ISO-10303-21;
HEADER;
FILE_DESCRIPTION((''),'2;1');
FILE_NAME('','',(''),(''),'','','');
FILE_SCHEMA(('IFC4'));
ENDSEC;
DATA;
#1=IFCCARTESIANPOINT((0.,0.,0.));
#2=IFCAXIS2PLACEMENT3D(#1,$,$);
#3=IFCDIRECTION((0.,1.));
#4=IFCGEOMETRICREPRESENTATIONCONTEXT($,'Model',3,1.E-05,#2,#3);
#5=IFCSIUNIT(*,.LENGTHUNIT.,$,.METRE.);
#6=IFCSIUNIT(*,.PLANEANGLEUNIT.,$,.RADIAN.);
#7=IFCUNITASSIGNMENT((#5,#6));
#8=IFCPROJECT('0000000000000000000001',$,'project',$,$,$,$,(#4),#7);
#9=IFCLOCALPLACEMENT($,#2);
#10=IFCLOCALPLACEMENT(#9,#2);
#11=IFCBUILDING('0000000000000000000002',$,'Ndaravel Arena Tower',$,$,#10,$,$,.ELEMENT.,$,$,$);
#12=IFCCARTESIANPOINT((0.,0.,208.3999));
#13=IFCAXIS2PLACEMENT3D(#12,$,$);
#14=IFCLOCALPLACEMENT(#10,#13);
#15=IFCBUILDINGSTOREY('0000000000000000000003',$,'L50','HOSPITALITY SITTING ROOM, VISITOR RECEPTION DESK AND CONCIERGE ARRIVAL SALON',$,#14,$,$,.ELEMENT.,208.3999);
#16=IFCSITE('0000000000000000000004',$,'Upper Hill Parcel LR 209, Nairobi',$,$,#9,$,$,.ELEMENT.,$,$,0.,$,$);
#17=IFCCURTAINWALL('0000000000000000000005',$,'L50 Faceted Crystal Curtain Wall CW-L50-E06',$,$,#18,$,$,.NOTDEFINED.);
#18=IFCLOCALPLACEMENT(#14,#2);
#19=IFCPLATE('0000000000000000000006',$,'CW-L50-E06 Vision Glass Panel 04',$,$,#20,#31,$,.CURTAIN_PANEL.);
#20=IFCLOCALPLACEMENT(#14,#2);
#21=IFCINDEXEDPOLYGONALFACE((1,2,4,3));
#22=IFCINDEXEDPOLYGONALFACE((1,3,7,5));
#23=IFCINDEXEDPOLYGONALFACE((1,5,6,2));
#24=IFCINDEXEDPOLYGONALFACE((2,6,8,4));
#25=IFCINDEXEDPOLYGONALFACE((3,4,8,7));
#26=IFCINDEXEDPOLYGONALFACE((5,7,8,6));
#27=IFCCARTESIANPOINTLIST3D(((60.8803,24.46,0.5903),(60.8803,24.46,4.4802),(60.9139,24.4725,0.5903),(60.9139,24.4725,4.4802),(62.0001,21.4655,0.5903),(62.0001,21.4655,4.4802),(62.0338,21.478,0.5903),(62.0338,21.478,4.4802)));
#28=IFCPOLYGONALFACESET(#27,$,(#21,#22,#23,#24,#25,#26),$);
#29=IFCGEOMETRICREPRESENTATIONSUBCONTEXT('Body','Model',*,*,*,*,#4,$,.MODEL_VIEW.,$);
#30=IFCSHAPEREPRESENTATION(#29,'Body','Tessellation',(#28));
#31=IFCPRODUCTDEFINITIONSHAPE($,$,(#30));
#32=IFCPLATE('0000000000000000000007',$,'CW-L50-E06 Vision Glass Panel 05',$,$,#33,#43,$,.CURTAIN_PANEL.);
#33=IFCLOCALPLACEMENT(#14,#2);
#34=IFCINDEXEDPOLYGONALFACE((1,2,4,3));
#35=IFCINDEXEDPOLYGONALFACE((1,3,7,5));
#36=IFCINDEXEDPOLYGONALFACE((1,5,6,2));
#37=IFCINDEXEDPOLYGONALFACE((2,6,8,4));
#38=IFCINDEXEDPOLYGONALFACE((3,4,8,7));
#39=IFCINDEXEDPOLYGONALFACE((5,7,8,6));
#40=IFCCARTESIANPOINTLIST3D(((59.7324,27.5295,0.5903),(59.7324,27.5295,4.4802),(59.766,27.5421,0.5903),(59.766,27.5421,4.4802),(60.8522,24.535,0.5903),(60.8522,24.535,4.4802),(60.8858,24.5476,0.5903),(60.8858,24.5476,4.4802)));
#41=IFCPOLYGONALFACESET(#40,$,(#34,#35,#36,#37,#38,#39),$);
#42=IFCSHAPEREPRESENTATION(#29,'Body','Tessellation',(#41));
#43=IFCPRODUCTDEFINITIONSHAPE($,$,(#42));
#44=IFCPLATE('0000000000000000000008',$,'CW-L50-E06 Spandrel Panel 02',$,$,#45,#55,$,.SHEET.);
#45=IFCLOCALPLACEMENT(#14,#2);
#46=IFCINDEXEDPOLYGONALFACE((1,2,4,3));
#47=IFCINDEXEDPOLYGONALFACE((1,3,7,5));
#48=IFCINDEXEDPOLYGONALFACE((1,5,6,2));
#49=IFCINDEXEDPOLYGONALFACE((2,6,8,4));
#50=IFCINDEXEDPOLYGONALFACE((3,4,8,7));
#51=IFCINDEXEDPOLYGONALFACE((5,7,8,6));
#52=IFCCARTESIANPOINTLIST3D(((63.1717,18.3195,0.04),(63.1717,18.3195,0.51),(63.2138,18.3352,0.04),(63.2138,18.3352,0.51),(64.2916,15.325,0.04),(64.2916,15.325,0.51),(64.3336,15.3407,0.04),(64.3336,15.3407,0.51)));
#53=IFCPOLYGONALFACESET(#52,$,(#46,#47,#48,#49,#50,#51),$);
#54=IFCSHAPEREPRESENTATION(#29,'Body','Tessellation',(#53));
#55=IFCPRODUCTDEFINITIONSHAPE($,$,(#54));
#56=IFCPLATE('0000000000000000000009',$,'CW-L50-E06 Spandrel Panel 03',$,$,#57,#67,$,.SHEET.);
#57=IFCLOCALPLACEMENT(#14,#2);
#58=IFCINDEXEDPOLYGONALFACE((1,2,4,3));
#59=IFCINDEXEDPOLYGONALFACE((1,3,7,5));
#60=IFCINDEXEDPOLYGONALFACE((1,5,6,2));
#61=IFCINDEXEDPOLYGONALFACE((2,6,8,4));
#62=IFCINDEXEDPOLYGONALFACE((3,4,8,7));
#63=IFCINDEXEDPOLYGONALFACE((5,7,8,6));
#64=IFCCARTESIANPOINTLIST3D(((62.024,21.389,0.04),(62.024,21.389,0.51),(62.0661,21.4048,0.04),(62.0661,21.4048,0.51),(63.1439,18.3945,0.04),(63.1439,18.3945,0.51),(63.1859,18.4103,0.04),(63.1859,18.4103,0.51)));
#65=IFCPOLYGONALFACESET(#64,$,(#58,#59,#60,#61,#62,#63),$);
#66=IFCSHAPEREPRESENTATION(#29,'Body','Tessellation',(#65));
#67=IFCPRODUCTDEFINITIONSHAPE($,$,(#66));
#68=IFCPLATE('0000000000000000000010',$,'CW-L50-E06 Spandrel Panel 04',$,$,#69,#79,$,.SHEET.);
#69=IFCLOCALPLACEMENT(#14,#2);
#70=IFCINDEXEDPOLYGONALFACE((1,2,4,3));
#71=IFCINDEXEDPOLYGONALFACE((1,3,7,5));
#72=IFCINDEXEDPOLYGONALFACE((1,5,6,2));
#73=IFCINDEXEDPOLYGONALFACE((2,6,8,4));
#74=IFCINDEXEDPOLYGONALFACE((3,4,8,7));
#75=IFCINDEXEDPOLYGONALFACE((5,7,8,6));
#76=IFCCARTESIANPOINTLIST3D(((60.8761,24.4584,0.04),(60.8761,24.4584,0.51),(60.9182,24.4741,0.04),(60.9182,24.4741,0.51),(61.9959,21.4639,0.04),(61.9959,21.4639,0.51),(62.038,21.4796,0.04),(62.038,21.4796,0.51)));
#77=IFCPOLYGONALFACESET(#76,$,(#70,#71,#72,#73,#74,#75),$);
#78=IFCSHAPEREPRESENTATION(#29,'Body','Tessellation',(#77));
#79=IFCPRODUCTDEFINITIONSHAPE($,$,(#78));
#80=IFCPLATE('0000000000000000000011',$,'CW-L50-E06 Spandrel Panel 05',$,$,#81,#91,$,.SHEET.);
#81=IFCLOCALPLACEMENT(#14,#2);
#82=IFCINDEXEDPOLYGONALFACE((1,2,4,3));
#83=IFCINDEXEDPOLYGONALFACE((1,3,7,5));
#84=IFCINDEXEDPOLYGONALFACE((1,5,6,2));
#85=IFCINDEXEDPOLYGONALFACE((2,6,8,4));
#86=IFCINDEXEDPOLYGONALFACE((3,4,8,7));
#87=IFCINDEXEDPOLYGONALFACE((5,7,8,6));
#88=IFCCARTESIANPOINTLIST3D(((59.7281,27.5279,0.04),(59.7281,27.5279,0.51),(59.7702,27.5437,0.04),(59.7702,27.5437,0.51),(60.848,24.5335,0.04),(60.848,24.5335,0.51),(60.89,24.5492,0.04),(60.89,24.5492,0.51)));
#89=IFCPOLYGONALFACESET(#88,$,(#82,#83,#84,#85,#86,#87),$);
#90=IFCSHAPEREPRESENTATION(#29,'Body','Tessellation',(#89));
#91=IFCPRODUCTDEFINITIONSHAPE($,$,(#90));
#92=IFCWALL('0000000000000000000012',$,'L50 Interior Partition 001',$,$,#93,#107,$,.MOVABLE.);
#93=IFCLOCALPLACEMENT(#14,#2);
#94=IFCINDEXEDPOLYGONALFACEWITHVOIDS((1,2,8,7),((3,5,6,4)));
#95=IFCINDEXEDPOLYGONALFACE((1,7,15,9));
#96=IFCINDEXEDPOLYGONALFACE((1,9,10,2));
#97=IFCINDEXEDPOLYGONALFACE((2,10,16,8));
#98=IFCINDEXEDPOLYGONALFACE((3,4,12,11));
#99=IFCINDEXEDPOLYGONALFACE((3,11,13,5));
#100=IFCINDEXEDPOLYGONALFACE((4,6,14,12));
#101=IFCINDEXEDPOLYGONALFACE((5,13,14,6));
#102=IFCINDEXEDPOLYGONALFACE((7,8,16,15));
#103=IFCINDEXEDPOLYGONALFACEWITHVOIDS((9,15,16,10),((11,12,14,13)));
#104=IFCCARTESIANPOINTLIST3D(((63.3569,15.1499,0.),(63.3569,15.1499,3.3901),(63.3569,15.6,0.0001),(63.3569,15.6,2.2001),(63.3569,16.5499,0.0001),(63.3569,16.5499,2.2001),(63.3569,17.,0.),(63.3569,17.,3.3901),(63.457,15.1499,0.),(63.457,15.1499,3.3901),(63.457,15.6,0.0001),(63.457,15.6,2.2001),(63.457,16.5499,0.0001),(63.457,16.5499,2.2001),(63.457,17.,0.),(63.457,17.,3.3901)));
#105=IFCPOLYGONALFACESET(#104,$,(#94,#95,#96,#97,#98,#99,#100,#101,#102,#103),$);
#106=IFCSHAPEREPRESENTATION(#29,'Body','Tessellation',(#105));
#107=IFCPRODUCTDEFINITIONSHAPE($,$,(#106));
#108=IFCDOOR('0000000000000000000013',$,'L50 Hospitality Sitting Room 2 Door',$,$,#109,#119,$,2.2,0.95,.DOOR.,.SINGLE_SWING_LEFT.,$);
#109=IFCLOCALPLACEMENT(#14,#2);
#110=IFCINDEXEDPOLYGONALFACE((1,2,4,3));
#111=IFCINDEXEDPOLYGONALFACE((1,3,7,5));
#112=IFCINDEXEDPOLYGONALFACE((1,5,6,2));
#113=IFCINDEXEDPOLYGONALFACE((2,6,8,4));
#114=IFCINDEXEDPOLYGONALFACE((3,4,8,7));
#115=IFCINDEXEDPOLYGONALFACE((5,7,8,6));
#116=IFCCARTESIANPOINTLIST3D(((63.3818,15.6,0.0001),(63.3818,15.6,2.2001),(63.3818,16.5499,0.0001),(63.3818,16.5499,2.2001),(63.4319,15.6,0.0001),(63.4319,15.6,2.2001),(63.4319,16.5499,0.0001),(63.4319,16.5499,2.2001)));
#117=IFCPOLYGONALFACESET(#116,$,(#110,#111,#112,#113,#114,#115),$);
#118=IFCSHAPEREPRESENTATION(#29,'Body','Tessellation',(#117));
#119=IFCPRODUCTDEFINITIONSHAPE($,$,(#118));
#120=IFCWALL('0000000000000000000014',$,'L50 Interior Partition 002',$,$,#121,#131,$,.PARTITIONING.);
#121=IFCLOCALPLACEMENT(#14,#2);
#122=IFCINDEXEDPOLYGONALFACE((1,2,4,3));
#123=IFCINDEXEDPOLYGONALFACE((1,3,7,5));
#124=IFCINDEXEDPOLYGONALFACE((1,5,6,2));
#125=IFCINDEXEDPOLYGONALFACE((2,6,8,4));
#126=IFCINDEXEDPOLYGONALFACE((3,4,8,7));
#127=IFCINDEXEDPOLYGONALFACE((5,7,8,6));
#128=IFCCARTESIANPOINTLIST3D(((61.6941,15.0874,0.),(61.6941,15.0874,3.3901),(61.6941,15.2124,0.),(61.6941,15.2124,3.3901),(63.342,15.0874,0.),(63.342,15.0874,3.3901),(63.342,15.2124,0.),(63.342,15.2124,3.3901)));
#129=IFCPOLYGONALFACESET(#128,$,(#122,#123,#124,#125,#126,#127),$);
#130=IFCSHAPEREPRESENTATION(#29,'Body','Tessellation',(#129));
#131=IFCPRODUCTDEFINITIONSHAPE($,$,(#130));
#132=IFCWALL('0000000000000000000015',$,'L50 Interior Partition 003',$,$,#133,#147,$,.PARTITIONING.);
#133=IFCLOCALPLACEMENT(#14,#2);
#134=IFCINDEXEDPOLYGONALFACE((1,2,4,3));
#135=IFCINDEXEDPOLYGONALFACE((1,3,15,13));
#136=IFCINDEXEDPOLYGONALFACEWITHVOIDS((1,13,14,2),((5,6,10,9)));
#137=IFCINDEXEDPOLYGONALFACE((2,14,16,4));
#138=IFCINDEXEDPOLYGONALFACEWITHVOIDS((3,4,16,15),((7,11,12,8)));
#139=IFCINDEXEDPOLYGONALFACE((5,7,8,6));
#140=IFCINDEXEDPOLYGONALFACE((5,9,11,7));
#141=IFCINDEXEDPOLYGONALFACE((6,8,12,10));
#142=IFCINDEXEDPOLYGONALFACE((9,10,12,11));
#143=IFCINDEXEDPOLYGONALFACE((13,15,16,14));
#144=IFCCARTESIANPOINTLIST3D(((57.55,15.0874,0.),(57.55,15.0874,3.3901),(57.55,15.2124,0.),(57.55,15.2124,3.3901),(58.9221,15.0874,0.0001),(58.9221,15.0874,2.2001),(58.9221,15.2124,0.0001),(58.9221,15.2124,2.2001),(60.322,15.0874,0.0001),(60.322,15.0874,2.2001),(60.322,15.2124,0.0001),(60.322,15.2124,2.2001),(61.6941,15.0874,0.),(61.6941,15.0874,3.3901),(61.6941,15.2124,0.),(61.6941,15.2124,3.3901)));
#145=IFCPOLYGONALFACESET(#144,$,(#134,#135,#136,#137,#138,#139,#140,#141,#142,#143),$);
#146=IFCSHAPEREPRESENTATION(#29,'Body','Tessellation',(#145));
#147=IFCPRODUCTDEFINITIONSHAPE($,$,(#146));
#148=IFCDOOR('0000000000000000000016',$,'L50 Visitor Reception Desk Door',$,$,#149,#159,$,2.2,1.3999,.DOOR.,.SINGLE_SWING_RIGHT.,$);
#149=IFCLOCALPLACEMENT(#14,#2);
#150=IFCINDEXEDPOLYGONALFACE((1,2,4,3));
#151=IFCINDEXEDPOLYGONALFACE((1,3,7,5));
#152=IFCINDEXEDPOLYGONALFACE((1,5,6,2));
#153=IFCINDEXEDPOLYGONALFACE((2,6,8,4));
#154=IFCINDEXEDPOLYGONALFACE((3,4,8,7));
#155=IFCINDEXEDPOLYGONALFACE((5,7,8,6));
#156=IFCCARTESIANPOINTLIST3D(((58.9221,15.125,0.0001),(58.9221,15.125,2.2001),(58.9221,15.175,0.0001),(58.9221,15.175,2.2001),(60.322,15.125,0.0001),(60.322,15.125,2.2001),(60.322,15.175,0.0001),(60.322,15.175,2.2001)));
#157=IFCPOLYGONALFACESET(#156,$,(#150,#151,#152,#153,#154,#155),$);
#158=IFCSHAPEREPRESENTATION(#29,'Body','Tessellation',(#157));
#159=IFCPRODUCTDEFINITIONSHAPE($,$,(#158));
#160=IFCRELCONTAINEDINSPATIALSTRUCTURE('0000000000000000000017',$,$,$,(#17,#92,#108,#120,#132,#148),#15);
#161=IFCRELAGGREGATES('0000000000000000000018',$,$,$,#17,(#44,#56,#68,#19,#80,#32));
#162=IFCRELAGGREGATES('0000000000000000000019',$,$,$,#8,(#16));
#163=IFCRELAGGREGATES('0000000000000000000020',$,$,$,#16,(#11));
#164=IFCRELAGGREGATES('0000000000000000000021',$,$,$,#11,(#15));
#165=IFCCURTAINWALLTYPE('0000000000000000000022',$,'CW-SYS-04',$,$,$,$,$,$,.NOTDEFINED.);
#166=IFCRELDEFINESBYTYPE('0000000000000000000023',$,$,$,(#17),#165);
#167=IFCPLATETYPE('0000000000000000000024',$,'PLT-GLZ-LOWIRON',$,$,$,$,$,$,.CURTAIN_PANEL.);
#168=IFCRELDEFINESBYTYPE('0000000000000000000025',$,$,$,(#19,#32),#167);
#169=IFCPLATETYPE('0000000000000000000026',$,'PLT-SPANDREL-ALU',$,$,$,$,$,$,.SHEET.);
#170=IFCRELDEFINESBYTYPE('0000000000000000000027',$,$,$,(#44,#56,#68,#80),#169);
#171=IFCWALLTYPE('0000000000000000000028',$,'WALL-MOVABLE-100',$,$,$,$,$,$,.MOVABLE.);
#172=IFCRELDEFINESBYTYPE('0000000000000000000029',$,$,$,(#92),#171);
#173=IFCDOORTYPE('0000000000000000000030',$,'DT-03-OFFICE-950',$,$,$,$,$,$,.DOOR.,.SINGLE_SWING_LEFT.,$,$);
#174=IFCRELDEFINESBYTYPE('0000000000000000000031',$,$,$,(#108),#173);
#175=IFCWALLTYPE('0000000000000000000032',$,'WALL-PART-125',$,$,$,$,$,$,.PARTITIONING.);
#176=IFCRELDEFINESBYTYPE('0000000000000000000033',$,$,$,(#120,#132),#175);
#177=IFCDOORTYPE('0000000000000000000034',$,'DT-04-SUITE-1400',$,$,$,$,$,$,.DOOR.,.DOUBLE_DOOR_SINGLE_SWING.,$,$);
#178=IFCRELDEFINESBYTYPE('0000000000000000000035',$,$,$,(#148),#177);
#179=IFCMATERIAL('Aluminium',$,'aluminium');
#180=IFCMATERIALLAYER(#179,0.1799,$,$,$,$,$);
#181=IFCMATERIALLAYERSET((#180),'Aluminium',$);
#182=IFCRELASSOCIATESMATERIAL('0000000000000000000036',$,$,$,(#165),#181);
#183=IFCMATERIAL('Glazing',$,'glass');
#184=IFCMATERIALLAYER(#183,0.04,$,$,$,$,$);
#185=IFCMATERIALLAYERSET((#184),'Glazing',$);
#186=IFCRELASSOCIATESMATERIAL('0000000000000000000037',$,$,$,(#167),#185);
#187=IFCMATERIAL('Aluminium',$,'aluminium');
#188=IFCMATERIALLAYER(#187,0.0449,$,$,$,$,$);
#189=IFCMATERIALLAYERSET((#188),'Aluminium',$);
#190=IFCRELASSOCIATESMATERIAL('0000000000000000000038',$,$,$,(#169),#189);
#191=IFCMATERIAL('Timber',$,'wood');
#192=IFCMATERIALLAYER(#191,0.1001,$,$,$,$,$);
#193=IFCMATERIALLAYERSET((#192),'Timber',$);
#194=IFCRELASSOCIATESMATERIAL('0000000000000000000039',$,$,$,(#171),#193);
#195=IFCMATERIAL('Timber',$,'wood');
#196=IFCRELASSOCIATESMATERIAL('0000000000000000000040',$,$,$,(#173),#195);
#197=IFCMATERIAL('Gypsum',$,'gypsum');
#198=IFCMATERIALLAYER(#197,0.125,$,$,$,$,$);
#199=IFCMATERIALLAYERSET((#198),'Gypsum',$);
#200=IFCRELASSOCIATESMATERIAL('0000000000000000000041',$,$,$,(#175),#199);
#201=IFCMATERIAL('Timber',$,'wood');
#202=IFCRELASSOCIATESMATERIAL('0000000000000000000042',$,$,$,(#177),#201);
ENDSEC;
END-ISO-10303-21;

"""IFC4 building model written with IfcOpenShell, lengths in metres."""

from ifc_helpers import new_model, si_unit, direction, frame, frame_2d, origin, origin_2d, place, context, subcontext, project, spatial, rectangle, extrude, material, layer, layer_set, type_object, element, fill, aggregate, save


model = new_model("IFC4")

# Units and contexts
model_context = context("Model", 3, precision=1e-05, world=origin(), true_north=direction((0.0, 1.0)))
body_context = subcontext(model_context, "Body", "Model", "MODEL_VIEW")
ifc_project = project(units=[si_unit("LENGTHUNIT", "METRE"), si_unit("PLANEANGLEUNIT", "RADIAN")], contexts=[model_context])

# Site, building, storey
site_placement = place(None, origin())
site = spatial("IfcSite", under=ifc_project, at=site_placement, Name="Upper Hill Parcel LR 209, Nairobi", CompositionType="ELEMENT", RefElevation=0.0)
building_placement = place(site_placement, origin())
building = spatial("IfcBuilding", under=site, at=building_placement, Name="Ndaravel Arena Tower", CompositionType="ELEMENT")
storey_placement = place(building_placement, frame((0.0, 0.0, 208.3999)))
storey = spatial("IfcBuildingStorey", under=building, at=storey_placement, Name="L50", Description="HOSPITALITY SITTING ROOM, VISITOR RECEPTION DESK AND CONCIERGE ARRIVAL SALON", CompositionType="ELEMENT", Elevation=208.3999)

# Curtain wall
ifc_material_1 = material(Name="Aluminium", Category="aluminium")
ifc_layer_1 = layer(ifc_material_1, 0.1799)
ifc_layer_set_1 = layer_set([ifc_layer_1], Name="Aluminium")
curtain_wall_type = type_object("IfcCurtainWallType", Name="CW-SYS-04", PredefinedType="NOTDEFINED", material=ifc_layer_set_1)
curtain_wall_placement = place(storey_placement, origin())
curtain_wall = element("IfcCurtainWall", 1, at=curtain_wall_placement, inside=storey, type_object=curtain_wall_type, Name="L50 Faceted Crystal Curtain Wall CW-L50-E06", PredefinedType="NOTDEFINED")

# Plates
ifc_material_2 = material(Name="Glazing", Category="glass")
ifc_layer_2 = layer(ifc_material_2, 0.04)
ifc_layer_set_2 = layer_set([ifc_layer_2], Name="Glazing")
plate_type_1 = type_object("IfcPlateType", Name="PLT-GLZ-LOWIRON", PredefinedType="CURTAIN_PANEL", material=ifc_layer_set_2)
plate_1_placement = place(storey_placement, frame((61.457, 22.969, 0.5903), z_axis=(0.0, 0.0, 1.0), x_axis=(-0.350273, 0.936648, 0.0)))
plate_1 = element("IfcPlate", 2, at=plate_1_placement, type_object=plate_type_1, Name="CW-L50-E06 Vision Glass Panel 04", PredefinedType="CURTAIN_PANEL", context=body_context, shape_type="SweptSolid", body=[
    extrude(rectangle(XDim=3.197, YDim=0.0359, at=origin_2d()), origin(), (0.0, 0.0, 1.0), 3.8899),
])
plate_2_placement = place(storey_placement, frame((60.3091, 26.0386, 0.5903), z_axis=(0.0, 0.0, 1.0), x_axis=(-0.350273, 0.936648, 0.0)))
plate_2 = element("IfcPlate", 3, at=plate_2_placement, type_object=plate_type_1, Name="CW-L50-E06 Vision Glass Panel 05", PredefinedType="CURTAIN_PANEL", context=body_context, shape_type="SweptSolid", body=[
    extrude(rectangle(XDim=3.197, YDim=0.0359, at=origin_2d()), origin(), (0.0, 0.0, 1.0), 3.8899),
])
ifc_material_3 = material(Name="Aluminium", Category="aluminium")
ifc_layer_3 = layer(ifc_material_3, 0.0449)
ifc_layer_set_3 = layer_set([ifc_layer_3], Name="Aluminium")
plate_type_2 = type_object("IfcPlateType", Name="PLT-SPANDREL-ALU", PredefinedType="SHEET", material=ifc_layer_set_3)
plate_3_placement = place(storey_placement, frame((63.7527, 16.8301, 0.04), z_axis=(0.0, 0.0, 1.0), x_axis=(-0.350273, 0.936648, 0.0)))
plate_3 = element("IfcPlate", 4, at=plate_3_placement, type_object=plate_type_2, Name="CW-L50-E06 Spandrel Panel 02", PredefinedType="SHEET", context=body_context, shape_type="SweptSolid", body=[
    extrude(rectangle(XDim=3.197, YDim=0.0449, at=origin_2d()), origin(), (0.0, 0.0, 1.0), 0.47),
])
plate_4_placement = place(storey_placement, frame((62.605, 19.8997, 0.04), z_axis=(0.0, 0.0, 1.0), x_axis=(-0.350273, 0.936648, 0.0)))
plate_4 = element("IfcPlate", 5, at=plate_4_placement, type_object=plate_type_2, Name="CW-L50-E06 Spandrel Panel 03", PredefinedType="SHEET", context=body_context, shape_type="SweptSolid", body=[
    extrude(rectangle(XDim=3.197, YDim=0.0449, at=origin_2d()), origin(), (0.0, 0.0, 1.0), 0.47),
])
plate_5_placement = place(storey_placement, frame((61.457, 22.969, 0.04), z_axis=(0.0, 0.0, 1.0), x_axis=(-0.350273, 0.936648, 0.0)))
plate_5 = element("IfcPlate", 6, at=plate_5_placement, type_object=plate_type_2, Name="CW-L50-E06 Spandrel Panel 04", PredefinedType="SHEET", context=body_context, shape_type="SweptSolid", body=[
    extrude(rectangle(XDim=3.197, YDim=0.0449, at=origin_2d()), origin(), (0.0, 0.0, 1.0), 0.47),
])
plate_6_placement = place(storey_placement, frame((60.3091, 26.0386, 0.04), z_axis=(0.0, 0.0, 1.0), x_axis=(-0.350273, 0.936648, 0.0)))
plate_6 = element("IfcPlate", 7, at=plate_6_placement, type_object=plate_type_2, Name="CW-L50-E06 Spandrel Panel 05", PredefinedType="SHEET", context=body_context, shape_type="SweptSolid", body=[
    extrude(rectangle(XDim=3.197, YDim=0.0449, at=origin_2d()), origin(), (0.0, 0.0, 1.0), 0.47),
])
aggregate(curtain_wall, [plate_3, plate_4, plate_5, plate_1, plate_6, plate_2])

# Wall, opening, door
ifc_material_4 = material(Name="Timber", Category="wood")
ifc_layer_4 = layer(ifc_material_4, 0.1001)
ifc_layer_set_4 = layer_set([ifc_layer_4], Name="Timber")
wall_type_1 = type_object("IfcWallType", Name="WALL-MOVABLE-100", PredefinedType="MOVABLE", material=ifc_layer_set_4)
wall_1_placement = place(storey_placement, frame((63.407, 17.0, 0.0), z_axis=(0.0, 0.0, 1.0), x_axis=(0.0, -1.0, 0.0)))
wall_1 = element("IfcWall", 8, at=wall_1_placement, inside=storey, type_object=wall_type_1, Name="L50 Interior Partition 001", PredefinedType="MOVABLE", context=body_context, shape_type="SweptSolid", body=[
    extrude(rectangle(XDim=1.8501, YDim=0.1001, at=frame_2d((0.925, 0.0))), origin(), (0.0, 0.0, 1.0), 3.3901),
])
opening_1_placement = place(wall_1_placement, frame((0.45, 0.0, 0.0)))
opening_1 = element("IfcOpeningElement", 9, at=opening_1_placement, cuts=wall_1, PredefinedType="OPENING", context=body_context, shape_type="SweptSolid", body=[
    extrude(rectangle(XDim=0.95, YDim=2.2, at=frame_2d((0.4751, 1.1001))), frame((0.0, 0.05, 0.0), z_axis=(0.0, -1.0, 0.0), x_axis=(1.0, 0.0, 0.0)), (0.0, 0.0, 1.0), 0.1001),
])
ifc_material_5 = material(Name="Timber", Category="wood")
door_type_1 = type_object("IfcDoorType", Name="DT-03-OFFICE-950", OperationType="SINGLE_SWING_LEFT", PredefinedType="DOOR", material=ifc_material_5)
door_1_placement = place(opening_1_placement, origin())
door_1 = element("IfcDoor", 10, at=door_1_placement, inside=storey, type_object=door_type_1, Name="L50 Hospitality Sitting Room 2 Door", OperationType="SINGLE_SWING_LEFT", OverallHeight=2.2, OverallWidth=0.95, PredefinedType="DOOR", context=body_context, shape_type="SweptSolid", body=[
    extrude(rectangle(XDim=0.95, YDim=2.2, at=frame_2d((0.4751, 1.1001))), frame((0.0, 0.0249, 0.0), z_axis=(0.0, -1.0, 0.0), x_axis=(1.0, 0.0, 0.0)), (0.0, 0.0, 1.0), 0.05),
])
fill(opening_1, door_1)

# Wall
ifc_material_6 = material(Name="Gypsum", Category="gypsum")
ifc_layer_5 = layer(ifc_material_6, 0.125)
ifc_layer_set_5 = layer_set([ifc_layer_5], Name="Gypsum")
wall_type_2 = type_object("IfcWallType", Name="WALL-PART-125", PredefinedType="PARTITIONING", material=ifc_layer_set_5)
wall_2_placement = place(storey_placement, frame((63.342, 15.1499, 0.0), z_axis=(0.0, 0.0, 1.0), x_axis=(-1.0, 0.0, 0.0)))
element("IfcWall", 11, at=wall_2_placement, inside=storey, type_object=wall_type_2, Name="L50 Interior Partition 002", PredefinedType="PARTITIONING", context=body_context, shape_type="SweptSolid", body=[
    extrude(rectangle(XDim=1.6479, YDim=0.125, at=frame_2d((0.824, 0.0))), origin(), (0.0, 0.0, 1.0), 3.3901),
])

# Wall, opening, door
wall_3_placement = place(storey_placement, frame((61.6941, 15.1499, 0.0), z_axis=(0.0, 0.0, 1.0), x_axis=(-1.0, 0.0, 0.0)))
wall_3 = element("IfcWall", 12, at=wall_3_placement, inside=storey, type_object=wall_type_2, Name="L50 Interior Partition 003", PredefinedType="PARTITIONING", context=body_context, shape_type="SweptSolid", body=[
    extrude(rectangle(XDim=4.144, YDim=0.125, at=frame_2d((2.072, 0.0))), origin(), (0.0, 0.0, 1.0), 3.3901),
])
opening_2_placement = place(wall_3_placement, frame((1.3721, 0.0, 0.0)))
opening_2 = element("IfcOpeningElement", 13, at=opening_2_placement, cuts=wall_3, PredefinedType="OPENING", context=body_context, shape_type="SweptSolid", body=[
    extrude(rectangle(XDim=1.3999, YDim=2.2, at=frame_2d((0.7, 1.1001))), frame((0.0, 0.0625, 0.0), z_axis=(0.0, -1.0, 0.0), x_axis=(1.0, 0.0, 0.0)), (0.0, 0.0, 1.0), 0.125),
])
ifc_material_7 = material(Name="Timber", Category="wood")
door_type_2 = type_object("IfcDoorType", Name="DT-04-SUITE-1400", OperationType="DOUBLE_DOOR_SINGLE_SWING", PredefinedType="DOOR", material=ifc_material_7)
door_2_placement = place(opening_2_placement, origin())
door_2 = element("IfcDoor", 14, at=door_2_placement, inside=storey, type_object=door_type_2, Name="L50 Visitor Reception Desk Door", OperationType="SINGLE_SWING_RIGHT", OverallHeight=2.2, OverallWidth=1.3999, PredefinedType="DOOR", context=body_context, shape_type="SweptSolid", body=[
    extrude(rectangle(XDim=1.3999, YDim=2.2, at=frame_2d((0.7, 1.1001))), frame((0.0, 0.0249, 0.0), z_axis=(0.0, -1.0, 0.0), x_axis=(1.0, 0.0, 0.0)), (0.0, 0.0, 1.0), 0.05),
])
fill(opening_2, door_2)

save(model, "model.ifc")
